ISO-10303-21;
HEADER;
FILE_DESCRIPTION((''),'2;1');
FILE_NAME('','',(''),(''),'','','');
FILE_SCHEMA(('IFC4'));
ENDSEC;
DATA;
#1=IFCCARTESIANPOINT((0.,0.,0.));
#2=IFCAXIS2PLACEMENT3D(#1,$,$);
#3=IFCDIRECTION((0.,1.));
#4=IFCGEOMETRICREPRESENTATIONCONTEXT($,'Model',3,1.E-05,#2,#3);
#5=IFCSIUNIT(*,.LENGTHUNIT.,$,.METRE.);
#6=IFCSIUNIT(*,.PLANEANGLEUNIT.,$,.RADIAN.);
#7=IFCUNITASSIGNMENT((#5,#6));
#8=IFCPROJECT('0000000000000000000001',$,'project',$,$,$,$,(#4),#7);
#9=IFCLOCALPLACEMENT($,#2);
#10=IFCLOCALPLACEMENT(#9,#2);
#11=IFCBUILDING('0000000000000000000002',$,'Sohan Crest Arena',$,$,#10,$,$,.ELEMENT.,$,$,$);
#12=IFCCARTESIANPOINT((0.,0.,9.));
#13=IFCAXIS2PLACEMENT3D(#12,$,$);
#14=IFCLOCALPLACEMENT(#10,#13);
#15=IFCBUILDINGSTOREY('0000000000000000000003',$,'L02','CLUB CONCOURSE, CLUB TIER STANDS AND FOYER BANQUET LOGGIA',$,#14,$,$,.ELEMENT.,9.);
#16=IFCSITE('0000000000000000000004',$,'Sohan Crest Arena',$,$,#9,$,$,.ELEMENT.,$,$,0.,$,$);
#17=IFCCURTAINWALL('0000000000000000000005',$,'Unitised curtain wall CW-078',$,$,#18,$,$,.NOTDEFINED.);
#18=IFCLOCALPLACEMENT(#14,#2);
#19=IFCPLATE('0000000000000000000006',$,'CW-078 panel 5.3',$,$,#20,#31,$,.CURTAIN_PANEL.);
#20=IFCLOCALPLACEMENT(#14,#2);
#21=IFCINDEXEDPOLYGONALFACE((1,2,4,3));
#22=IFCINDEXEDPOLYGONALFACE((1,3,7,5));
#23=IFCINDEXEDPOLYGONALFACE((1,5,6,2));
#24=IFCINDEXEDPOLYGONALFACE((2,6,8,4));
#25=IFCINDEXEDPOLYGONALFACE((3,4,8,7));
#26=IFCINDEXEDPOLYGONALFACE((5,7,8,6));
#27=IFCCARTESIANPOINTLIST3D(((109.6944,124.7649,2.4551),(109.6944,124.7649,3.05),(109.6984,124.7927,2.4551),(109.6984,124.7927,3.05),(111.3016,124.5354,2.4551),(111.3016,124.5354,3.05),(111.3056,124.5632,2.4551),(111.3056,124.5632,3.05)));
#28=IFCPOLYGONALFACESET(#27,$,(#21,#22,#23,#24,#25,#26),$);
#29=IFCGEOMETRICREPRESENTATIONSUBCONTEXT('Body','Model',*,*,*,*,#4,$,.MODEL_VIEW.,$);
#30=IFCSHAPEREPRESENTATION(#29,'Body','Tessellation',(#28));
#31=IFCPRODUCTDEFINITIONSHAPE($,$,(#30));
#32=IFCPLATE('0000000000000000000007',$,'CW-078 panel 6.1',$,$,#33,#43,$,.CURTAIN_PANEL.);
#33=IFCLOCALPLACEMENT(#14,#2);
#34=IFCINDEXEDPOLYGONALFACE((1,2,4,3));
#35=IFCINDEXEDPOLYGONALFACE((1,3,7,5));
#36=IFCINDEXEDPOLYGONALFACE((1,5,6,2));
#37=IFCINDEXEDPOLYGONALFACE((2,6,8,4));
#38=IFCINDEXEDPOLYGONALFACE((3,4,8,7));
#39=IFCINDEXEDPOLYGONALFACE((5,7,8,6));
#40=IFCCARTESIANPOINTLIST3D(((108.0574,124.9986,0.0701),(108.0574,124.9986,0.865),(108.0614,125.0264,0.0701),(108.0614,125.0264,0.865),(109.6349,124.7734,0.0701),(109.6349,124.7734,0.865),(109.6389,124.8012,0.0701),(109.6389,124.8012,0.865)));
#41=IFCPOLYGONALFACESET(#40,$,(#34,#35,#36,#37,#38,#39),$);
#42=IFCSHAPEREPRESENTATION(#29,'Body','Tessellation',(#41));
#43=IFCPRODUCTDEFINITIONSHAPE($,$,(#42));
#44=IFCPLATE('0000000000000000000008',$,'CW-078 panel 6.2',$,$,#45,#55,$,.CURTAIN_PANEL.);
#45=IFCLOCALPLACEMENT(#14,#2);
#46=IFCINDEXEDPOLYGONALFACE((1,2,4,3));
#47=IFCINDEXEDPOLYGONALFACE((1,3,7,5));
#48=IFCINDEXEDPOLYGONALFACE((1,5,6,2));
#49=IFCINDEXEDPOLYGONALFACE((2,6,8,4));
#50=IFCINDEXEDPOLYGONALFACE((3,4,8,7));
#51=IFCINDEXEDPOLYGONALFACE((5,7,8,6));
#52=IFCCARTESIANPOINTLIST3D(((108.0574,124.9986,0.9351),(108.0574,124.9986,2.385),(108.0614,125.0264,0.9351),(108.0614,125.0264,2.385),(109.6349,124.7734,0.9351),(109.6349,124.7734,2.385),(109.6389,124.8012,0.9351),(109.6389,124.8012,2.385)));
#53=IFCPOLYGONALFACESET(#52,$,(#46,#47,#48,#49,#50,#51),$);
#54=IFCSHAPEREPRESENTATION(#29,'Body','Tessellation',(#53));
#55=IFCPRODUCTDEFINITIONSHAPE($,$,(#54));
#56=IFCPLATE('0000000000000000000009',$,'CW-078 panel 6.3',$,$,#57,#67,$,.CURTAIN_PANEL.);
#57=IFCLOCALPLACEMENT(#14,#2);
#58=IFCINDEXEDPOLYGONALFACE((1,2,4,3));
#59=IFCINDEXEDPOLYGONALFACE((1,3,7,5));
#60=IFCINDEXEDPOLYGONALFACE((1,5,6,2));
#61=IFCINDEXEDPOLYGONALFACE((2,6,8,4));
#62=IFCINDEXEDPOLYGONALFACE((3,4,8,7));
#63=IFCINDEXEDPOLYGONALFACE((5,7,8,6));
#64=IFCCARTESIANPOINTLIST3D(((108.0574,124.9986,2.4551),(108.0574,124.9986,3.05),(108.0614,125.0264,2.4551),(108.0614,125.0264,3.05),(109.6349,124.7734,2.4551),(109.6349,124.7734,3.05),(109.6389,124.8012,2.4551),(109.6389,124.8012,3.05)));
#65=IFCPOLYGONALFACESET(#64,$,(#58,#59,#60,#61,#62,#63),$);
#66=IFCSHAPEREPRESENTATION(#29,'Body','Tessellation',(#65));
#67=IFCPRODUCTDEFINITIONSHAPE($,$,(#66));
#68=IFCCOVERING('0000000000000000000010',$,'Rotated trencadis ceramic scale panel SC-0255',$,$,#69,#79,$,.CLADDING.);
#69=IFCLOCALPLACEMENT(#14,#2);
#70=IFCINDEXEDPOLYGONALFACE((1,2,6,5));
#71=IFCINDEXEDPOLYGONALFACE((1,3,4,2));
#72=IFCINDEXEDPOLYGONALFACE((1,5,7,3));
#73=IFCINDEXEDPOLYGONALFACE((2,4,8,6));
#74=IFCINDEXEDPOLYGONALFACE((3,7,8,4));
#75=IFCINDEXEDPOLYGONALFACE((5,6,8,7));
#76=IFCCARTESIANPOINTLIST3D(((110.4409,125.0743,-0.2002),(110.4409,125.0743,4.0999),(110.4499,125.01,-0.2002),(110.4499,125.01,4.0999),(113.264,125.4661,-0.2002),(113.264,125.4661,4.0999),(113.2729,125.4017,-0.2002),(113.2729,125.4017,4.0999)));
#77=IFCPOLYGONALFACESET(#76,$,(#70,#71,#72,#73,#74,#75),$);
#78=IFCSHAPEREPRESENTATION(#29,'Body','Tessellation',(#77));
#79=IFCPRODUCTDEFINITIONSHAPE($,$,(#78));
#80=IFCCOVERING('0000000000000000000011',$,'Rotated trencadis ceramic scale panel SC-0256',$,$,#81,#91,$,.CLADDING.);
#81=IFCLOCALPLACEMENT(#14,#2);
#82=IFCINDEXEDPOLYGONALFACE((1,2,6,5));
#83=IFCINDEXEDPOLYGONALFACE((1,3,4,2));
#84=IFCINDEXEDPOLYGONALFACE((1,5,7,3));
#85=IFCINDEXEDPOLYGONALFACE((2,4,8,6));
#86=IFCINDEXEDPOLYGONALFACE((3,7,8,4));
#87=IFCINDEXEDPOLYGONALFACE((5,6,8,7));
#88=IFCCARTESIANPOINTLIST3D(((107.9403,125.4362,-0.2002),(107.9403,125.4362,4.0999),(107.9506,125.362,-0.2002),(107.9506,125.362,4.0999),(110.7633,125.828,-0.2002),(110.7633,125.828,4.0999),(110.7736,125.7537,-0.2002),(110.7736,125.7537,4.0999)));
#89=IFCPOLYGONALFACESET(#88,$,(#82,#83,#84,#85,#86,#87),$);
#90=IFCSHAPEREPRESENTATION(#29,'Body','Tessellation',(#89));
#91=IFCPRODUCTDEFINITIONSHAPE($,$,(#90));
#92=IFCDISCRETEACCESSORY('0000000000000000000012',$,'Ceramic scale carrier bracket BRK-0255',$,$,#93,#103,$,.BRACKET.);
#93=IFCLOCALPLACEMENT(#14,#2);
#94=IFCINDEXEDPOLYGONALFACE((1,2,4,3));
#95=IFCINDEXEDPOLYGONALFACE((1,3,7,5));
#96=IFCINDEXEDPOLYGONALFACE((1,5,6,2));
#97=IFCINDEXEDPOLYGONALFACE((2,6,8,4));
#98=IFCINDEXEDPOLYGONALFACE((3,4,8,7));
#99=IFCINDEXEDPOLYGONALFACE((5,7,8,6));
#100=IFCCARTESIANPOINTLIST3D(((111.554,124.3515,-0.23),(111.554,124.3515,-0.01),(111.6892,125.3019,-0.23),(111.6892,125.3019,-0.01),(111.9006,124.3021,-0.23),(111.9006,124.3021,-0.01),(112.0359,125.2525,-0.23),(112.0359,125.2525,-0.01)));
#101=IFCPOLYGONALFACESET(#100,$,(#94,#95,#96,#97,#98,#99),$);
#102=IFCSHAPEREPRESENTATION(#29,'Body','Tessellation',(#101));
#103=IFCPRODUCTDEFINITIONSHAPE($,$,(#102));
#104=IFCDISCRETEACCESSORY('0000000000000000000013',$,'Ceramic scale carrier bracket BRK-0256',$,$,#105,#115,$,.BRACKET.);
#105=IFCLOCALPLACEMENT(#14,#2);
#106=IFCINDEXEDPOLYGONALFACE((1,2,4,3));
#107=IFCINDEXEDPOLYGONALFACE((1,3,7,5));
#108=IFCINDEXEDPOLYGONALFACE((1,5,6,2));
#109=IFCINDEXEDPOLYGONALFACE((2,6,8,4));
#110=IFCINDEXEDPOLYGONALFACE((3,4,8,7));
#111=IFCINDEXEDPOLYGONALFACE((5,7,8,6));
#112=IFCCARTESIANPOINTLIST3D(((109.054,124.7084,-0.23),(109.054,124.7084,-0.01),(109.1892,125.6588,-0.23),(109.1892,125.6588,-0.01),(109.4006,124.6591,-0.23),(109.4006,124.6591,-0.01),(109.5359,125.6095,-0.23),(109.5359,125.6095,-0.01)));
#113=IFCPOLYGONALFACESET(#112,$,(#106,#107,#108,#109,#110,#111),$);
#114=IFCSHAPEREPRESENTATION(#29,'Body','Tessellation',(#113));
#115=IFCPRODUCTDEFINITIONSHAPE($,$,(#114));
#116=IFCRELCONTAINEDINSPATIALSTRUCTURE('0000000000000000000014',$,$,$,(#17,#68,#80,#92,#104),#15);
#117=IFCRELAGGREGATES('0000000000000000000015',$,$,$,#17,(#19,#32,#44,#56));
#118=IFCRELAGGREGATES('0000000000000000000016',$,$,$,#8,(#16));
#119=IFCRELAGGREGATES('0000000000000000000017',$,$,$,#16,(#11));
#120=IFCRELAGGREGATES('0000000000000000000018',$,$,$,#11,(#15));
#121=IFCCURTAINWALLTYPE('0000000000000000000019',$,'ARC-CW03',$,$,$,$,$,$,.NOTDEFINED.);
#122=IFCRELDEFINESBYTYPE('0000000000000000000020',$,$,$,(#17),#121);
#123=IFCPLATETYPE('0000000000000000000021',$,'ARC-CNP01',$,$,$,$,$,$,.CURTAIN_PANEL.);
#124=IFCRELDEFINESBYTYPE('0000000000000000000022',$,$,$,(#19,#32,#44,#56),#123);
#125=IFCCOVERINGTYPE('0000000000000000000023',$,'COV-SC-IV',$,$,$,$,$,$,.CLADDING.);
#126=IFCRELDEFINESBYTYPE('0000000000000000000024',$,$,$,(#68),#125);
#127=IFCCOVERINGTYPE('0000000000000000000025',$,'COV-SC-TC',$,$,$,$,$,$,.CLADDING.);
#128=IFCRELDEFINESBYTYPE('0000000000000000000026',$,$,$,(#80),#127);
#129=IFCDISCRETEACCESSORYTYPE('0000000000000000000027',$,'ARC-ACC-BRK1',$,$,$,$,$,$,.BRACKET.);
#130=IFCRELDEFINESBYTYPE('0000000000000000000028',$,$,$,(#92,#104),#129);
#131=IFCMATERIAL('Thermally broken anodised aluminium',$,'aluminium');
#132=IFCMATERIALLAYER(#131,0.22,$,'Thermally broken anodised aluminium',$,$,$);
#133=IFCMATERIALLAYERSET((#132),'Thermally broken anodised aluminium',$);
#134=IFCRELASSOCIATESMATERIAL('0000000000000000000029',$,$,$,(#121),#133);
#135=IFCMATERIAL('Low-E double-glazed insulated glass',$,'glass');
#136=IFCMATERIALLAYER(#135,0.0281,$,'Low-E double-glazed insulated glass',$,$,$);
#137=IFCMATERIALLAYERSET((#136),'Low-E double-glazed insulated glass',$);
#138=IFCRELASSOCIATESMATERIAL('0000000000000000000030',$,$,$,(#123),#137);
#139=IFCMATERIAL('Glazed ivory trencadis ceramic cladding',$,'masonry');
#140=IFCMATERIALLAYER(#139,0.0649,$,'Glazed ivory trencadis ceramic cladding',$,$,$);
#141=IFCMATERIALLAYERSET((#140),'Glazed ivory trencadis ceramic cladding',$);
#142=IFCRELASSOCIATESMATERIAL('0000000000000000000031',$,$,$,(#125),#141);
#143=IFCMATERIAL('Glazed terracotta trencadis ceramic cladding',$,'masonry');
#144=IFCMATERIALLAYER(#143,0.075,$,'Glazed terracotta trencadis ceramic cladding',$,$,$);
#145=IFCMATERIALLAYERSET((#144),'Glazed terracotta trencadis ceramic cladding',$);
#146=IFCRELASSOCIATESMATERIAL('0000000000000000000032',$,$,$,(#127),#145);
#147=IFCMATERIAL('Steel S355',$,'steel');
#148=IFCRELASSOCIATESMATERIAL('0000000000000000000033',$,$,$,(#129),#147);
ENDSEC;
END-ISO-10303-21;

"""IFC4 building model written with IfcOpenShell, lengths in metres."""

from ifc_helpers import new_model, si_unit, direction, frame, origin, origin_2d, place, context, subcontext, project, spatial, rectangle, extrude, material, layer, layer_set, type_object, element, aggregate, save


model = new_model("IFC4")

# Units and contexts
model_context = context("Model", 3, precision=1e-05, world=origin(), true_north=direction((0.0, 1.0)))
body_context = subcontext(model_context, "Body", "Model", "MODEL_VIEW")
ifc_project = project(units=[si_unit("LENGTHUNIT", "METRE"), si_unit("PLANEANGLEUNIT", "RADIAN")], contexts=[model_context])

# Site, building, storey
site_placement = place(None, origin())
site = spatial("IfcSite", under=ifc_project, at=site_placement, Name="Sohan Crest Arena", CompositionType="ELEMENT", RefElevation=0.0)
building_placement = place(site_placement, origin())
building = spatial("IfcBuilding", under=site, at=building_placement, Name="Sohan Crest Arena", CompositionType="ELEMENT")
storey_placement = place(building_placement, frame((0.0, 0.0, 9.0)))
storey = spatial("IfcBuildingStorey", under=building, at=storey_placement, Name="L02", Description="CLUB CONCOURSE, CLUB TIER STANDS AND FOYER BANQUET LOGGIA", CompositionType="ELEMENT", Elevation=9.0)

# Shared definitions
ifc_material_1 = material(Name="Steel S355", Category="steel")

# Curtain wall
ifc_material_2 = material(Name="Thermally broken anodised aluminium", Category="aluminium")
ifc_layer_1 = layer(ifc_material_2, 0.22, Name="Thermally broken anodised aluminium")
ifc_layer_set_1 = layer_set([ifc_layer_1], Name="Thermally broken anodised aluminium")
curtain_wall_type_1 = type_object("IfcCurtainWallType", Name="ARC-CW03", PredefinedType="NOTDEFINED", material=ifc_layer_set_1)
curtain_wall_1_placement = place(storey_placement, origin())
curtain_wall_1 = element("IfcCurtainWall", 1, at=curtain_wall_1_placement, inside=storey, type_object=curtain_wall_type_1, Name="Unitised curtain wall CW-078", PredefinedType="NOTDEFINED")

# Plates
ifc_material_3 = material(Name="Low-E double-glazed insulated glass", Category="glass")
ifc_layer_2 = layer(ifc_material_3, 0.0281, Name="Low-E double-glazed insulated glass")
ifc_layer_set_2 = layer_set([ifc_layer_2], Name="Low-E double-glazed insulated glass")
plate_type = type_object("IfcPlateType", Name="ARC-CNP01", PredefinedType="CURTAIN_PANEL", material=ifc_layer_set_2)
plate_1_placement = place(storey_placement, frame((110.5, 124.6641, 2.4551), z_axis=(0.0, 0.0, 1.0), x_axis=(-0.989957, 0.141366, 0.0)))
plate_1 = element("IfcPlate", 2, at=plate_1_placement, type_object=plate_type, Name="CW-078 panel 5.3", PredefinedType="CURTAIN_PANEL", context=body_context, shape_type="SweptSolid", body=[
    extrude(rectangle(XDim=1.6235, YDim=0.0281, at=origin_2d()), origin(), (0.0, 0.0, 1.0), 0.595),
])
plate_2_placement = place(storey_placement, frame((108.8481, 124.8999, 0.0701), z_axis=(0.0, 0.0, 1.0), x_axis=(-0.989957, 0.141366, 0.0)))
plate_2 = element("IfcPlate", 3, at=plate_2_placement, type_object=plate_type, Name="CW-078 panel 6.1", PredefinedType="CURTAIN_PANEL", context=body_context, shape_type="SweptSolid", body=[
    extrude(rectangle(XDim=1.5935, YDim=0.0281, at=origin_2d()), origin(), (0.0, 0.0, 1.0), 0.7949),
])
plate_3_placement = place(storey_placement, frame((108.8481, 124.8999, 0.9351), z_axis=(0.0, 0.0, 1.0), x_axis=(-0.989957, 0.141366, 0.0)))
plate_3 = element("IfcPlate", 4, at=plate_3_placement, type_object=plate_type, Name="CW-078 panel 6.2", PredefinedType="CURTAIN_PANEL", context=body_context, shape_type="SweptSolid", body=[
    extrude(rectangle(XDim=1.5935, YDim=0.0281, at=origin_2d()), origin(), (0.0, 0.0, 1.0), 1.45),
])
plate_4_placement = place(storey_placement, frame((108.8481, 124.8999, 2.4551), z_axis=(0.0, 0.0, 1.0), x_axis=(-0.989957, 0.141366, 0.0)))
plate_4 = element("IfcPlate", 5, at=plate_4_placement, type_object=plate_type, Name="CW-078 panel 6.3", PredefinedType="CURTAIN_PANEL", context=body_context, shape_type="SweptSolid", body=[
    extrude(rectangle(XDim=1.5935, YDim=0.0281, at=origin_2d()), origin(), (0.0, 0.0, 1.0), 0.595),
])
aggregate(curtain_wall_1, [plate_1, plate_2, plate_3, plate_4])

# Coverings
ifc_material_4 = material(Name="Glazed ivory trencadis ceramic cladding", Category="masonry")
ifc_layer_3 = layer(ifc_material_4, 0.0649, Name="Glazed ivory trencadis ceramic cladding")
ifc_layer_set_3 = layer_set([ifc_layer_3], Name="Glazed ivory trencadis ceramic cladding")
covering_type_1 = type_object("IfcCoveringType", Name="COV-SC-IV", PredefinedType="CLADDING", material=ifc_layer_set_3)
covering_1_placement = place(storey_placement, frame((111.8569, 125.238, -0.2002), z_axis=(0.0, 0.0, 1.0), x_axis=(-0.990509, -0.137445, 0.0)))
element("IfcCovering", 6, at=covering_1_placement, inside=storey, type_object=covering_type_1, Name="Rotated trencadis ceramic scale panel SC-0255", PredefinedType="CLADDING", context=body_context, shape_type="SweptSolid", body=[
    extrude(rectangle(XDim=2.8501, YDim=0.0649, at=origin_2d()), origin(), (0.0, 0.0, 1.0), 4.3),
])
ifc_material_5 = material(Name="Glazed terracotta trencadis ceramic cladding", Category="masonry")
ifc_layer_4 = layer(ifc_material_5, 0.075, Name="Glazed terracotta trencadis ceramic cladding")
ifc_layer_set_4 = layer_set([ifc_layer_4], Name="Glazed terracotta trencadis ceramic cladding")
covering_type_2 = type_object("IfcCoveringType", Name="COV-SC-TC", PredefinedType="CLADDING", material=ifc_layer_set_4)
covering_2_placement = place(storey_placement, frame((109.3569, 125.595, -0.2002), z_axis=(0.0, 0.0, 1.0), x_axis=(-0.990509, -0.137445, 0.0)))
element("IfcCovering", 7, at=covering_2_placement, inside=storey, type_object=covering_type_2, Name="Rotated trencadis ceramic scale panel SC-0256", PredefinedType="CLADDING", context=body_context, shape_type="SweptSolid", body=[
    extrude(rectangle(XDim=2.8501, YDim=0.075, at=origin_2d()), origin(), (0.0, 0.0, 1.0), 4.3),
])

# Discrete accessories
discrete_accessory_type = type_object("IfcDiscreteAccessoryType", Name="ARC-ACC-BRK1", PredefinedType="BRACKET", material=ifc_material_1)
for number, where, z_axis, x_axis, name in (
    (8, (111.7949, 124.802, -0.23), (0.0, 0.0, 1.0), (-0.990024, 0.140901, 0.0), "Ceramic scale carrier bracket BRK-0255"),
    (9, (109.2949, 125.1589, -0.23), (0.0, 0.0, 1.0), (-0.990024, 0.140901, 0.0), "Ceramic scale carrier bracket BRK-0256"),
):
    element("IfcDiscreteAccessory", number, at=place(storey_placement, frame(where, z_axis=z_axis, x_axis=x_axis)), inside=storey, type_object=discrete_accessory_type, Name=name, PredefinedType="BRACKET", context=body_context, shape_type="SweptSolid", body=[
        extrude(rectangle(XDim=0.3501, YDim=0.96, at=origin_2d()), origin(), (0.0, 0.0, 1.0), 0.22),
    ])

save(model, "model.ifc")
